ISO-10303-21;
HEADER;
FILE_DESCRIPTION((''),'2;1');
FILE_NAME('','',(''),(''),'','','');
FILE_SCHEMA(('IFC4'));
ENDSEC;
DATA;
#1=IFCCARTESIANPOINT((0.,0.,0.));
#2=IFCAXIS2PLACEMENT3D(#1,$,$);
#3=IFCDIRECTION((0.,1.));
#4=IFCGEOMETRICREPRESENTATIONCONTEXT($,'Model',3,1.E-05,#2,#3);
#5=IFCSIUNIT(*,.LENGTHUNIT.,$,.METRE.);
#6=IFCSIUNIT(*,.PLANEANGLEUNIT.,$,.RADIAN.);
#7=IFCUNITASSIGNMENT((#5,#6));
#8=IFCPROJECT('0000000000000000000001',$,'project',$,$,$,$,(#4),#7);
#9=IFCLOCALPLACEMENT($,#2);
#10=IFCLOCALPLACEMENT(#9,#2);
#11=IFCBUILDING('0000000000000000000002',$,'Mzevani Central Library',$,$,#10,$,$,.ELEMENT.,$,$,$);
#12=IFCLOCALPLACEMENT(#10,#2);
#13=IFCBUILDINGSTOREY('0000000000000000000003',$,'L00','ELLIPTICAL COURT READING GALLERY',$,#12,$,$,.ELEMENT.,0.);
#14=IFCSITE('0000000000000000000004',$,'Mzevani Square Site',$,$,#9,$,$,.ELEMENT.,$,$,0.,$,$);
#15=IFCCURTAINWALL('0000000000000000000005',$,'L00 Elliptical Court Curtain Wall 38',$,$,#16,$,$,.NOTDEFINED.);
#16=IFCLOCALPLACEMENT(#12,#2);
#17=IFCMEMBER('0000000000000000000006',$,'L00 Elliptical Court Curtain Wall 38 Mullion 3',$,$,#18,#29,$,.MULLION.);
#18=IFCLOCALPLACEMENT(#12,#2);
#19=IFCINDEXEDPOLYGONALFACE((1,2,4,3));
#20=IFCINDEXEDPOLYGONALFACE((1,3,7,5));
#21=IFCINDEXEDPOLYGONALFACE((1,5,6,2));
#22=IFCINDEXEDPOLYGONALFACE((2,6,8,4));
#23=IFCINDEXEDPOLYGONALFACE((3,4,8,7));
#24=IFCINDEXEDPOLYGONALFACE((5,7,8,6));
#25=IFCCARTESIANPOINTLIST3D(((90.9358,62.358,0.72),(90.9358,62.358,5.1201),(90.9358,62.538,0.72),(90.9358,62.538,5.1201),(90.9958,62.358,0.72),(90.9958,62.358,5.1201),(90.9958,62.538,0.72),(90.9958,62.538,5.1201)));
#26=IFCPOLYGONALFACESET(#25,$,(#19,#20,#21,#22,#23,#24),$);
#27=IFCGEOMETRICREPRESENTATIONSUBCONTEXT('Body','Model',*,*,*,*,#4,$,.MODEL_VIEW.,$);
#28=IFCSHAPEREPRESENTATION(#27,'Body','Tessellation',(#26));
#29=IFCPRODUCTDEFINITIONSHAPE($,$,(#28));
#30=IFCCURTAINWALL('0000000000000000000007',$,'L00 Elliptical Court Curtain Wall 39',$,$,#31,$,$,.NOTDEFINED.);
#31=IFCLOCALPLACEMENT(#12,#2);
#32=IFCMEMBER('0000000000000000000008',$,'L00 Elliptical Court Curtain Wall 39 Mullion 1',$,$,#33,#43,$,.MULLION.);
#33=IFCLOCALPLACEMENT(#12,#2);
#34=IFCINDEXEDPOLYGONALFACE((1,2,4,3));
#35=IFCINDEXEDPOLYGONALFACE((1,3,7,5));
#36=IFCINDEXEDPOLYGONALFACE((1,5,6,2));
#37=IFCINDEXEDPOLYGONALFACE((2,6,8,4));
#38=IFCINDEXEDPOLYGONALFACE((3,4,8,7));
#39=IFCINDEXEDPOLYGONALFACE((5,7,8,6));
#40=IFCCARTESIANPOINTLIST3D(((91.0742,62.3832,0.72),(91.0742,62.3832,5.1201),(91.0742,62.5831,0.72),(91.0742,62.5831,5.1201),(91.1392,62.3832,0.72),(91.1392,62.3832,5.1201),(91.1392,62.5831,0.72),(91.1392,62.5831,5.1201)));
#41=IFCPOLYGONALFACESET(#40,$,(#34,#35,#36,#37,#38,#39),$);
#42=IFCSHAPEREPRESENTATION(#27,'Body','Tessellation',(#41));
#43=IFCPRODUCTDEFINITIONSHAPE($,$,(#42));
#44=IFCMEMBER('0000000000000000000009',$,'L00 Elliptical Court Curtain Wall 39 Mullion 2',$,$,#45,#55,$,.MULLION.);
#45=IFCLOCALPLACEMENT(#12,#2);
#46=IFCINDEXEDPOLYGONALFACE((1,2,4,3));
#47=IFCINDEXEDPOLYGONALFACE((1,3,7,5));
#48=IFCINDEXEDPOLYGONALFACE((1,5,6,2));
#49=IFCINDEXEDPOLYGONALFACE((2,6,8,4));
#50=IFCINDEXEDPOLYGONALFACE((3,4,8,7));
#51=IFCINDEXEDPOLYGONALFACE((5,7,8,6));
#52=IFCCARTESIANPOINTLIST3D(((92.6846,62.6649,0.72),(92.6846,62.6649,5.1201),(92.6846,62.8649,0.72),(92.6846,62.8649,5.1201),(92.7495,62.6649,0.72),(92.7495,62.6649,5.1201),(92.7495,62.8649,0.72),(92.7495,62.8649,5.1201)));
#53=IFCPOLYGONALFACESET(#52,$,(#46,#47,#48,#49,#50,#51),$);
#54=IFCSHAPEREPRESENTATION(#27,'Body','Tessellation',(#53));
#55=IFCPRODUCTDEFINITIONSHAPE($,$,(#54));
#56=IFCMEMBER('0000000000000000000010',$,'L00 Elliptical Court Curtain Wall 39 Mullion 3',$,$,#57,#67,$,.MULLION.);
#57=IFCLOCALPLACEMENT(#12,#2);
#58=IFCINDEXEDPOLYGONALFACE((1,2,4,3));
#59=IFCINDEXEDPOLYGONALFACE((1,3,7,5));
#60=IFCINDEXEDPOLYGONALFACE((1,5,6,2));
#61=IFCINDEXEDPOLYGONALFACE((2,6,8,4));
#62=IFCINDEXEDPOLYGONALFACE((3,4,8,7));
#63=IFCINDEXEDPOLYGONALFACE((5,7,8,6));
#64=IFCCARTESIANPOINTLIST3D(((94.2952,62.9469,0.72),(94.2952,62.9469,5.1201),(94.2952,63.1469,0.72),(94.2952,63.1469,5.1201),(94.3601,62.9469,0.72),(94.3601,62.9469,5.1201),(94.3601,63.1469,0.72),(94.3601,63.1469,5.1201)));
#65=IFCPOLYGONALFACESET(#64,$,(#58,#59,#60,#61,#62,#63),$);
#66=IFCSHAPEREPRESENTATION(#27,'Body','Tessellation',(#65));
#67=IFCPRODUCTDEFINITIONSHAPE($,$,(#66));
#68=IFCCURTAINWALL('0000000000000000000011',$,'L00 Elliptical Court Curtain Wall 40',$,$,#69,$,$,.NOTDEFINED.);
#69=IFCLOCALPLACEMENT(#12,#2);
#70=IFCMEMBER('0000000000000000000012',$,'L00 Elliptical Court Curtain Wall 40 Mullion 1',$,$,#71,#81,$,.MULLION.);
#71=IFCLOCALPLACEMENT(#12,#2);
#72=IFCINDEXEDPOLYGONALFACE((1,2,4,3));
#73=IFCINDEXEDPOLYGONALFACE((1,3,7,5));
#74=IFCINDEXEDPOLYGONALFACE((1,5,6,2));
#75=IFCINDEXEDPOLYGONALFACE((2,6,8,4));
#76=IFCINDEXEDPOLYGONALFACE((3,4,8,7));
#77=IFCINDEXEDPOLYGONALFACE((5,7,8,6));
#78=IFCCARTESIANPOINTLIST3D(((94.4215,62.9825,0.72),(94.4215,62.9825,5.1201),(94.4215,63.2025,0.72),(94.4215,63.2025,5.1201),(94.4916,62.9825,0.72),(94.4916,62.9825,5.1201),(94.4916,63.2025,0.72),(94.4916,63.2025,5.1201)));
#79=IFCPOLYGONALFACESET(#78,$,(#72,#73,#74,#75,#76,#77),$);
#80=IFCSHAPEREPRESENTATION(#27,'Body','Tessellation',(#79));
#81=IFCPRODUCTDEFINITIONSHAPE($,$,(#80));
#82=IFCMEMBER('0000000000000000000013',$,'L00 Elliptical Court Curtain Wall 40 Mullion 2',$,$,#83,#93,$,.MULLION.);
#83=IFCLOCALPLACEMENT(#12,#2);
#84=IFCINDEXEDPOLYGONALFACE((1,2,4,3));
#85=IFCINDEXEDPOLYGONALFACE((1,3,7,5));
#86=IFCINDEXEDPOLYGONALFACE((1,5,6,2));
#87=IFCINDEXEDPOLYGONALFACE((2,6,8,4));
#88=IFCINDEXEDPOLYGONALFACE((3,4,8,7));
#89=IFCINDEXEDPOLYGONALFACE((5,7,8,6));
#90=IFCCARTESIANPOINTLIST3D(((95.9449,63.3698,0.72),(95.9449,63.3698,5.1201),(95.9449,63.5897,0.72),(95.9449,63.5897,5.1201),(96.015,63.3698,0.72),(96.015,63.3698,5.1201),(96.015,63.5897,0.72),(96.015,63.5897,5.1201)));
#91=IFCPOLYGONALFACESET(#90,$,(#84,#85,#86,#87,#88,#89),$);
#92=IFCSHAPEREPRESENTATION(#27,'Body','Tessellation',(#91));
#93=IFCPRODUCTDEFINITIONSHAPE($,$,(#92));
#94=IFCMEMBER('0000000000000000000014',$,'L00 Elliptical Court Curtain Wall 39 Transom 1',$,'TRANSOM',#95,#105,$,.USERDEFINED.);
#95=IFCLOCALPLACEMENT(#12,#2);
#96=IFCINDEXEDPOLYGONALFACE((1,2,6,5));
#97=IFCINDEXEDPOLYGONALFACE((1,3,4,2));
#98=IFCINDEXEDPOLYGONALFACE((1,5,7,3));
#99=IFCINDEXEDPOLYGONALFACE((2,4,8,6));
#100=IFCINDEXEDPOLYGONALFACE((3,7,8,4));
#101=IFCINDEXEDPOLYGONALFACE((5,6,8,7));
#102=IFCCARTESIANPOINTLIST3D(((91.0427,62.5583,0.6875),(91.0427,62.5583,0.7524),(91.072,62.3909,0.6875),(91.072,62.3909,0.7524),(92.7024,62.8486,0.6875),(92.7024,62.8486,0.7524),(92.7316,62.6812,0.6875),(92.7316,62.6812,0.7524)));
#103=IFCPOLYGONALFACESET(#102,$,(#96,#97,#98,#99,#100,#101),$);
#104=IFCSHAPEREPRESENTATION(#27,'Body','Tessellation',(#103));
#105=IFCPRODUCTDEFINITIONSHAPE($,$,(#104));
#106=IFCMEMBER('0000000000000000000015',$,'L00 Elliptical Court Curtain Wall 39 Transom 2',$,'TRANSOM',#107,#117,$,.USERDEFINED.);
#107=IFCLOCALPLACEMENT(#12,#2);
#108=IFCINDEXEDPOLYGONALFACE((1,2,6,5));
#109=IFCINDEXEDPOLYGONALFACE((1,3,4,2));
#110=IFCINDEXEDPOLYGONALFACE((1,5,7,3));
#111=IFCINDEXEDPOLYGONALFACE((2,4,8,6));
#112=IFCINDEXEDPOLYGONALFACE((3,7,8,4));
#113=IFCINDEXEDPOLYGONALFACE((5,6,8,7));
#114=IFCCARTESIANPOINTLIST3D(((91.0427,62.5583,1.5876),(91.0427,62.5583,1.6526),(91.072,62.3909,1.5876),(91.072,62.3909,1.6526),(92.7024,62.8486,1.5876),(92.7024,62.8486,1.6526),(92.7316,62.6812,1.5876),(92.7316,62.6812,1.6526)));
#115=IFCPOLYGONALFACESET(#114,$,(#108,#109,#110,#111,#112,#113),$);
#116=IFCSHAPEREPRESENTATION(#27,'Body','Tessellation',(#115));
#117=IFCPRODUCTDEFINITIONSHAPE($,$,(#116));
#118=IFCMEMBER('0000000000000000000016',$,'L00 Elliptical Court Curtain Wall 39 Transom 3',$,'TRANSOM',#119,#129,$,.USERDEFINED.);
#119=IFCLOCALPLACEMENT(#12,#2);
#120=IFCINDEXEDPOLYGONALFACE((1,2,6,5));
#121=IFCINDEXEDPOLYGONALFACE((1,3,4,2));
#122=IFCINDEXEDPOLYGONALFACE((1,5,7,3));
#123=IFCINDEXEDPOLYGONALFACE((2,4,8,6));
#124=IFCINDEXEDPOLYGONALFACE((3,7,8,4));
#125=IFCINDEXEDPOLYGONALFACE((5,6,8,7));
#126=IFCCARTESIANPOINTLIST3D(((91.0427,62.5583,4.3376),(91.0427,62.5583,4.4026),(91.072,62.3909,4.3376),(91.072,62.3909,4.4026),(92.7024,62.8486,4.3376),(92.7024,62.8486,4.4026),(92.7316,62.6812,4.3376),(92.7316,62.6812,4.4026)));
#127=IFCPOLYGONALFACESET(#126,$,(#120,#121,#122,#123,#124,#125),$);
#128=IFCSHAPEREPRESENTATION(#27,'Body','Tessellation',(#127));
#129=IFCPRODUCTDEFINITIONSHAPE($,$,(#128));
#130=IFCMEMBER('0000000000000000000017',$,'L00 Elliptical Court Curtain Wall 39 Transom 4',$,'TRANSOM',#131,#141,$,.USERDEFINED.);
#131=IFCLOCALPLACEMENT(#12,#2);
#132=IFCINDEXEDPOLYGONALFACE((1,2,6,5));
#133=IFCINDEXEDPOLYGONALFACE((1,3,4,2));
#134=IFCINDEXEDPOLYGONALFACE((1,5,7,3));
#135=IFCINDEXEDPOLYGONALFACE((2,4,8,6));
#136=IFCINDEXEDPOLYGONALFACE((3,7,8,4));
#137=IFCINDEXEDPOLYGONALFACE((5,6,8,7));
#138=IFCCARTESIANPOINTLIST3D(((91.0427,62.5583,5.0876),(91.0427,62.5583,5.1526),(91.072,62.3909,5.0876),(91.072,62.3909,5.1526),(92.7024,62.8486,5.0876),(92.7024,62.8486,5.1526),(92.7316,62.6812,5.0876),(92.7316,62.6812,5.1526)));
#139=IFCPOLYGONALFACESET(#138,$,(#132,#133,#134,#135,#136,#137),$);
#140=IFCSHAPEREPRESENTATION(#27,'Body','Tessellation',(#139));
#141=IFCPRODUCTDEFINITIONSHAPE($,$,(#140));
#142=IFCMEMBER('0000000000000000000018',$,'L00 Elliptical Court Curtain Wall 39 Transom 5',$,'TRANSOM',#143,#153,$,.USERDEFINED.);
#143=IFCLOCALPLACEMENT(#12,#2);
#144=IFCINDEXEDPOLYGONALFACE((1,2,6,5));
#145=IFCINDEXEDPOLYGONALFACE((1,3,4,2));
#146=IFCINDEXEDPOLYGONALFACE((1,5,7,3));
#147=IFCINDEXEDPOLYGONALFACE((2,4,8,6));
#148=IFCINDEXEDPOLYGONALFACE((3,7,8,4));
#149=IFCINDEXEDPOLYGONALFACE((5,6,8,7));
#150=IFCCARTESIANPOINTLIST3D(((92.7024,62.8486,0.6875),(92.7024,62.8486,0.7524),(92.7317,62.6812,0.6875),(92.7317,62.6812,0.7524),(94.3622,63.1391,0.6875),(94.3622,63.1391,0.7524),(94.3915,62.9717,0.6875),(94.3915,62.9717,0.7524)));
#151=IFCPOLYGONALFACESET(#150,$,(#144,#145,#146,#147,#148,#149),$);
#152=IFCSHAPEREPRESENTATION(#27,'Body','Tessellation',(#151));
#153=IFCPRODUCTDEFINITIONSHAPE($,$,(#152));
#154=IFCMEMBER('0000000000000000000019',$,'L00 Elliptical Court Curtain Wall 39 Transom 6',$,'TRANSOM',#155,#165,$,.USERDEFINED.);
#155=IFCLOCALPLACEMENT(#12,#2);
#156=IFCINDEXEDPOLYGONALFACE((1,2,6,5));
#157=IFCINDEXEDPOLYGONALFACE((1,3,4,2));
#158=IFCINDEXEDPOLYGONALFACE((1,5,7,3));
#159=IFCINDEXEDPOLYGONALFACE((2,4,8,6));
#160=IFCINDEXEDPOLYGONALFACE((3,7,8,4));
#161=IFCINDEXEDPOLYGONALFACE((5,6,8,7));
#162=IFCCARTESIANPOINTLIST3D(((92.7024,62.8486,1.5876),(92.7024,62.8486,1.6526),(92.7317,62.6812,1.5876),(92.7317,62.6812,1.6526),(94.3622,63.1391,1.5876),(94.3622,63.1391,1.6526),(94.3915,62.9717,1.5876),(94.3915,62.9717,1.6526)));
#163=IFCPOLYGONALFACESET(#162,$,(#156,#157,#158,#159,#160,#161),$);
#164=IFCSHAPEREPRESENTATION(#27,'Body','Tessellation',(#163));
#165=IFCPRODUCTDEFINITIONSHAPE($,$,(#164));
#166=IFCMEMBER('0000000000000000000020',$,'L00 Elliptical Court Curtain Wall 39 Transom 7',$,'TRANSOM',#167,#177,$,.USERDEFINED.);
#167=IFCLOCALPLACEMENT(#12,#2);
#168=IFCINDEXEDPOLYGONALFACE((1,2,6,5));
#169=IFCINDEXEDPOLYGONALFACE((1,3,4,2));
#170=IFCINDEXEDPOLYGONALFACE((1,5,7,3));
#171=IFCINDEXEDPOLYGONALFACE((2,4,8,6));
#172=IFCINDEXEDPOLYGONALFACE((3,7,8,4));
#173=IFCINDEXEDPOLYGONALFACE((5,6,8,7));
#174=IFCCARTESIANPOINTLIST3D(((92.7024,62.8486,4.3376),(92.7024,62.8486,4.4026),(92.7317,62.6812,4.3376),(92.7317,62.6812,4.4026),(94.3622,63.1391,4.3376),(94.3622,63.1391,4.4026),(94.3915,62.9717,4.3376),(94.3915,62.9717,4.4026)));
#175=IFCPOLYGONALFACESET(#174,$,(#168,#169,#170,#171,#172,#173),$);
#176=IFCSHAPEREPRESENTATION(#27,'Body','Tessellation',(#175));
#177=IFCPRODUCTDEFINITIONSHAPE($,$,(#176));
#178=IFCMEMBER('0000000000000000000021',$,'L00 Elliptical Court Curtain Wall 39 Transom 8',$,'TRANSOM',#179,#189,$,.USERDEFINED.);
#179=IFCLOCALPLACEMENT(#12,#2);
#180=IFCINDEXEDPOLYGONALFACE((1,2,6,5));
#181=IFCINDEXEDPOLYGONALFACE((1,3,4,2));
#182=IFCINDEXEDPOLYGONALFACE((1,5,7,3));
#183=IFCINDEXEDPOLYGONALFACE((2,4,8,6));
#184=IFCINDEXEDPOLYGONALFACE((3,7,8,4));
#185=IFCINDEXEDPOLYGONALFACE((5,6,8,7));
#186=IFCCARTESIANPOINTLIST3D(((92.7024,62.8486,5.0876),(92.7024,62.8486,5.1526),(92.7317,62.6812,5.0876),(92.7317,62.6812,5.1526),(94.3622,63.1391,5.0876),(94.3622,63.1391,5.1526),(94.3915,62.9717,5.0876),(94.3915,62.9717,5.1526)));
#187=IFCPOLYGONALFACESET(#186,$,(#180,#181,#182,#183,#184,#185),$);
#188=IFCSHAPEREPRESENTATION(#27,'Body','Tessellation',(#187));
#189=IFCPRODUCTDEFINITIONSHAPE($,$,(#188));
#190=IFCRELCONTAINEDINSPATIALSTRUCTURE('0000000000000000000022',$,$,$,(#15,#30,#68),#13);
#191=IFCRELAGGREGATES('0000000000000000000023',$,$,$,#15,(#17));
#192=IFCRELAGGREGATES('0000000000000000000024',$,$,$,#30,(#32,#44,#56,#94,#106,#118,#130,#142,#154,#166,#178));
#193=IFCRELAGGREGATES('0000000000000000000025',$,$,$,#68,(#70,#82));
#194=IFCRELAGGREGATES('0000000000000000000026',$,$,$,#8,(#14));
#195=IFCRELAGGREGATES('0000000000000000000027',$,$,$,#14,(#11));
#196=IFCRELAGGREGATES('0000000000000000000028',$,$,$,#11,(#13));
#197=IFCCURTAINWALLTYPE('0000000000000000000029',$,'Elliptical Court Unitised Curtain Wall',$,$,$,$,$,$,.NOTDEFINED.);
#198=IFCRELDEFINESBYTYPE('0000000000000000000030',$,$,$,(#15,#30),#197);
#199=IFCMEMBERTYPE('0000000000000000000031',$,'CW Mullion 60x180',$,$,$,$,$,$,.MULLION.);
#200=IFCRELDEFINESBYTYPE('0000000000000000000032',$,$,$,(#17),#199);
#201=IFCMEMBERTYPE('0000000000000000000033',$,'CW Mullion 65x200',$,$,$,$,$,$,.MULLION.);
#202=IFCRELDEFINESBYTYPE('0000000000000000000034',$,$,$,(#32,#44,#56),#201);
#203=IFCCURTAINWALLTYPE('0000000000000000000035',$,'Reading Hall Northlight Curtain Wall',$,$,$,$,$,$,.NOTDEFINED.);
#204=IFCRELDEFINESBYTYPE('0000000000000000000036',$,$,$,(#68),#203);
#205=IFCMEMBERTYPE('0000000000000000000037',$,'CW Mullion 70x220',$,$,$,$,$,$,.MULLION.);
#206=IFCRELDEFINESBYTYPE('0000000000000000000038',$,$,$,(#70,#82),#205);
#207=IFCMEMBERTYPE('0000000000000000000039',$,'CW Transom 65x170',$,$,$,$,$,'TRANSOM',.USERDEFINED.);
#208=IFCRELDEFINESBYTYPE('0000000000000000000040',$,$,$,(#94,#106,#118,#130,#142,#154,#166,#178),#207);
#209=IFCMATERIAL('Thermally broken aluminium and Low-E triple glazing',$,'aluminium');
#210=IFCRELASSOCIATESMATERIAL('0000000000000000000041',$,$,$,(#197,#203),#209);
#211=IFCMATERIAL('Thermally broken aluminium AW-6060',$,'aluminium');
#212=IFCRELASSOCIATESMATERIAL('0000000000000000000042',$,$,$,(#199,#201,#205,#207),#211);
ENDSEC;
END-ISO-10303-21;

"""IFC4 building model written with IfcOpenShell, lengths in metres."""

from ifc_helpers import new_model, si_unit, direction, frame, origin, origin_2d, place, context, subcontext, project, spatial, rectangle, extrude, material, material_profile, profile_set, type_object, element, aggregate, save


model = new_model("IFC4")

# Units and contexts
model_context = context("Model", 3, precision=1e-05, world=origin(), true_north=direction((0.0, 1.0)))
body_context = subcontext(model_context, "Body", "Model", "MODEL_VIEW")
ifc_project = project(units=[si_unit("LENGTHUNIT", "METRE"), si_unit("PLANEANGLEUNIT", "RADIAN")], contexts=[model_context])

# Site, building, storey
site_placement = place(None, origin())
site = spatial("IfcSite", under=ifc_project, at=site_placement, Name="Mzevani Square Site", CompositionType="ELEMENT", RefElevation=0.0)
building_placement = place(site_placement, origin())
building = spatial("IfcBuilding", under=site, at=building_placement, Name="Mzevani Central Library", CompositionType="ELEMENT")
storey_placement = place(building_placement, origin())
storey = spatial("IfcBuildingStorey", under=building, at=storey_placement, Name="L00", Description="ELLIPTICAL COURT READING GALLERY", CompositionType="ELEMENT", Elevation=0.0)

# Curtain wall, member
ifc_material_1 = material(Name="Thermally broken aluminium and Low-E triple glazing", Category="aluminium")
curtain_wall_type_1 = type_object("IfcCurtainWallType", Name="Elliptical Court Unitised Curtain Wall", PredefinedType="NOTDEFINED", material=ifc_material_1)
curtain_wall_1_placement = place(storey_placement, origin())
curtain_wall_1 = element("IfcCurtainWall", 1, at=curtain_wall_1_placement, inside=storey, type_object=curtain_wall_type_1, Name="L00 Elliptical Court Curtain Wall 38", PredefinedType="NOTDEFINED")
ifc_material_2 = material(Name="Thermally broken aluminium AW-6060", Category="aluminium")
ifc_material_profile_1 = material_profile(ifc_material_2, rectangle(XDim=0.0601, YDim=0.1799, at=origin_2d()), Name="ALU M60x180")
ifc_profile_set_1 = profile_set([ifc_material_profile_1], Name="Thermally broken aluminium AW-6060")
member_type_1 = type_object("IfcMemberType", Name="CW Mullion 60x180", PredefinedType="MULLION", material=ifc_profile_set_1)
member_1_placement = place(storey_placement, frame((90.9658, 62.448, 0.72), z_axis=(0.0, 0.0, 1.0), x_axis=(1.0, 0.0, 0.0)))
member_1 = element("IfcMember", 2, at=member_1_placement, type_object=member_type_1, Name="L00 Elliptical Court Curtain Wall 38 Mullion 3", PredefinedType="MULLION", context=body_context, shape_type="SweptSolid", body=[
    extrude(rectangle(XDim=0.0601, YDim=0.1799, at=origin_2d()), origin(), (0.0, 0.0, 1.0), 4.4001),
])

# Curtain walls, members
curtain_wall_2_placement = place(storey_placement, origin())
curtain_wall_2 = element("IfcCurtainWall", 3, at=curtain_wall_2_placement, inside=storey, type_object=curtain_wall_type_1, Name="L00 Elliptical Court Curtain Wall 39", PredefinedType="NOTDEFINED")
ifc_material_profile_2 = material_profile(ifc_material_2, rectangle(XDim=0.0649, YDim=0.2, at=origin_2d()), Name="ALU M65x200")
ifc_profile_set_2 = profile_set([ifc_material_profile_2], Name="Thermally broken aluminium AW-6060")
member_type_2 = type_object("IfcMemberType", Name="CW Mullion 65x200", PredefinedType="MULLION", material=ifc_profile_set_2)
member_2_placement = place(storey_placement, frame((91.1067, 62.4832, 0.72), z_axis=(0.0, 0.0, 1.0), x_axis=(1.0, 0.0, 0.0)))
member_2 = element("IfcMember", 4, at=member_2_placement, type_object=member_type_2, Name="L00 Elliptical Court Curtain Wall 39 Mullion 1", PredefinedType="MULLION", context=body_context, shape_type="SweptSolid", body=[
    extrude(rectangle(XDim=0.0649, YDim=0.2, at=origin_2d()), origin(), (0.0, 0.0, 1.0), 4.4001),
])
member_3_placement = place(storey_placement, frame((92.717, 62.7649, 0.72), z_axis=(0.0, 0.0, 1.0), x_axis=(1.0, 0.0, 0.0)))
member_3 = element("IfcMember", 5, at=member_3_placement, type_object=member_type_2, Name="L00 Elliptical Court Curtain Wall 39 Mullion 2", PredefinedType="MULLION", context=body_context, shape_type="SweptSolid", body=[
    extrude(rectangle(XDim=0.0649, YDim=0.2, at=origin_2d()), origin(), (0.0, 0.0, 1.0), 4.4001),
])
member_4_placement = place(storey_placement, frame((94.3276, 63.0469, 0.72), z_axis=(0.0, 0.0, 1.0), x_axis=(1.0, 0.0, 0.0)))
member_4 = element("IfcMember", 6, at=member_4_placement, type_object=member_type_2, Name="L00 Elliptical Court Curtain Wall 39 Mullion 3", PredefinedType="MULLION", context=body_context, shape_type="SweptSolid", body=[
    extrude(rectangle(XDim=0.0649, YDim=0.2, at=origin_2d()), origin(), (0.0, 0.0, 1.0), 4.4001),
])
curtain_wall_type_2 = type_object("IfcCurtainWallType", Name="Reading Hall Northlight Curtain Wall", PredefinedType="NOTDEFINED", material=ifc_material_1)
curtain_wall_3_placement = place(storey_placement, origin())
curtain_wall_3 = element("IfcCurtainWall", 7, at=curtain_wall_3_placement, inside=storey, type_object=curtain_wall_type_2, Name="L00 Elliptical Court Curtain Wall 40", PredefinedType="NOTDEFINED")
ifc_material_profile_3 = material_profile(ifc_material_2, rectangle(XDim=0.0701, YDim=0.22, at=origin_2d()), Name="ALU M70x220")
ifc_profile_set_3 = profile_set([ifc_material_profile_3], Name="Thermally broken aluminium AW-6060")
member_type_3 = type_object("IfcMemberType", Name="CW Mullion 70x220", PredefinedType="MULLION", material=ifc_profile_set_3)
member_5_placement = place(storey_placement, frame((94.4565, 63.0925, 0.72), z_axis=(0.0, 0.0, 1.0), x_axis=(1.0, 0.0, 0.0)))
member_5 = element("IfcMember", 8, at=member_5_placement, type_object=member_type_3, Name="L00 Elliptical Court Curtain Wall 40 Mullion 1", PredefinedType="MULLION", context=body_context, shape_type="SweptSolid", body=[
    extrude(rectangle(XDim=0.0701, YDim=0.22, at=origin_2d()), origin(), (0.0, 0.0, 1.0), 4.4001),
])
member_6_placement = place(storey_placement, frame((95.98, 63.4797, 0.72), z_axis=(0.0, 0.0, 1.0), x_axis=(1.0, 0.0, 0.0)))
member_6 = element("IfcMember", 9, at=member_6_placement, type_object=member_type_3, Name="L00 Elliptical Court Curtain Wall 40 Mullion 2", PredefinedType="MULLION", context=body_context, shape_type="SweptSolid", body=[
    extrude(rectangle(XDim=0.0701, YDim=0.22, at=origin_2d()), origin(), (0.0, 0.0, 1.0), 4.4001),
])

# Members
ifc_material_profile_4 = material_profile(ifc_material_2, rectangle(XDim=0.1699, YDim=0.0649, at=origin_2d()), Name="ALU T65x170")
ifc_profile_set_4 = profile_set([ifc_material_profile_4], Name="Thermally broken aluminium AW-6060")
member_type_4 = type_object("IfcMemberType", Name="CW Transom 65x170", ElementType="TRANSOM", PredefinedType="USERDEFINED", material=ifc_profile_set_4)
member_7_placement = place(storey_placement, frame((91.0574, 62.4746, 0.72), z_axis=(0.985046, 0.172289, 0.0), x_axis=(-0.172289, 0.985046, 0.0)))
member_7 = element("IfcMember", 10, at=member_7_placement, type_object=member_type_4, Name="L00 Elliptical Court Curtain Wall 39 Transom 1", ObjectType="TRANSOM", PredefinedType="USERDEFINED", context=body_context, shape_type="SweptSolid", body=[
    extrude(rectangle(XDim=0.1699, YDim=0.0649, at=origin_2d()), origin(), (0.0, 0.0, 1.0), 1.6848),
])
member_8_placement = place(storey_placement, frame((91.0574, 62.4746, 1.6201), z_axis=(0.985046, 0.172289, 0.0), x_axis=(-0.172289, 0.985046, 0.0)))
member_8 = element("IfcMember", 11, at=member_8_placement, type_object=member_type_4, Name="L00 Elliptical Court Curtain Wall 39 Transom 2", ObjectType="TRANSOM", PredefinedType="USERDEFINED", context=body_context, shape_type="SweptSolid", body=[
    extrude(rectangle(XDim=0.1699, YDim=0.0649, at=origin_2d()), origin(), (0.0, 0.0, 1.0), 1.6848),
])
member_9_placement = place(storey_placement, frame((91.0574, 62.4746, 4.3701), z_axis=(0.985046, 0.172289, 0.0), x_axis=(-0.172289, 0.985046, 0.0)))
member_9 = element("IfcMember", 12, at=member_9_placement, type_object=member_type_4, Name="L00 Elliptical Court Curtain Wall 39 Transom 3", ObjectType="TRANSOM", PredefinedType="USERDEFINED", context=body_context, shape_type="SweptSolid", body=[
    extrude(rectangle(XDim=0.1699, YDim=0.0649, at=origin_2d()), origin(), (0.0, 0.0, 1.0), 1.6848),
])
member_10_placement = place(storey_placement, frame((91.0574, 62.4746, 5.1201), z_axis=(0.985046, 0.172289, 0.0), x_axis=(-0.172289, 0.985046, 0.0)))
member_10 = element("IfcMember", 13, at=member_10_placement, type_object=member_type_4, Name="L00 Elliptical Court Curtain Wall 39 Transom 4", ObjectType="TRANSOM", PredefinedType="USERDEFINED", context=body_context, shape_type="SweptSolid", body=[
    extrude(rectangle(XDim=0.1699, YDim=0.0649, at=origin_2d()), origin(), (0.0, 0.0, 1.0), 1.6848),
])
member_11_placement = place(storey_placement, frame((92.717, 62.7649, 0.72), z_axis=(0.985026, 0.172405, 0.0), x_axis=(-0.172405, 0.985026, 0.0)))
member_11 = element("IfcMember", 14, at=member_11_placement, type_object=member_type_4, Name="L00 Elliptical Court Curtain Wall 39 Transom 5", ObjectType="TRANSOM", PredefinedType="USERDEFINED", context=body_context, shape_type="SweptSolid", body=[
    extrude(rectangle(XDim=0.1699, YDim=0.0649, at=origin_2d()), origin(), (0.0, 0.0, 1.0), 1.6851),
])
member_12_placement = place(storey_placement, frame((92.717, 62.7649, 1.6201), z_axis=(0.985026, 0.172405, 0.0), x_axis=(-0.172405, 0.985026, 0.0)))
member_12 = element("IfcMember", 15, at=member_12_placement, type_object=member_type_4, Name="L00 Elliptical Court Curtain Wall 39 Transom 6", ObjectType="TRANSOM", PredefinedType="USERDEFINED", context=body_context, shape_type="SweptSolid", body=[
    extrude(rectangle(XDim=0.1699, YDim=0.0649, at=origin_2d()), origin(), (0.0, 0.0, 1.0), 1.6851),
])
member_13_placement = place(storey_placement, frame((92.717, 62.7649, 4.3701), z_axis=(0.985026, 0.172405, 0.0), x_axis=(-0.172405, 0.985026, 0.0)))
member_13 = element("IfcMember", 16, at=member_13_placement, type_object=member_type_4, Name="L00 Elliptical Court Curtain Wall 39 Transom 7", ObjectType="TRANSOM", PredefinedType="USERDEFINED", context=body_context, shape_type="SweptSolid", body=[
    extrude(rectangle(XDim=0.1699, YDim=0.0649, at=origin_2d()), origin(), (0.0, 0.0, 1.0), 1.6851),
])
member_14_placement = place(storey_placement, frame((92.717, 62.7649, 5.1201), z_axis=(0.985026, 0.172405, 0.0), x_axis=(-0.172405, 0.985026, 0.0)))
member_14 = element("IfcMember", 17, at=member_14_placement, type_object=member_type_4, Name="L00 Elliptical Court Curtain Wall 39 Transom 8", ObjectType="TRANSOM", PredefinedType="USERDEFINED", context=body_context, shape_type="SweptSolid", body=[
    extrude(rectangle(XDim=0.1699, YDim=0.0649, at=origin_2d()), origin(), (0.0, 0.0, 1.0), 1.6851),
])

aggregate(curtain_wall_1, [member_1])
aggregate(curtain_wall_2, [member_2, member_3, member_4, member_7, member_8, member_9, member_10, member_11, member_12, member_13, member_14])
aggregate(curtain_wall_3, [member_5, member_6])

save(model, "model.ifc")
